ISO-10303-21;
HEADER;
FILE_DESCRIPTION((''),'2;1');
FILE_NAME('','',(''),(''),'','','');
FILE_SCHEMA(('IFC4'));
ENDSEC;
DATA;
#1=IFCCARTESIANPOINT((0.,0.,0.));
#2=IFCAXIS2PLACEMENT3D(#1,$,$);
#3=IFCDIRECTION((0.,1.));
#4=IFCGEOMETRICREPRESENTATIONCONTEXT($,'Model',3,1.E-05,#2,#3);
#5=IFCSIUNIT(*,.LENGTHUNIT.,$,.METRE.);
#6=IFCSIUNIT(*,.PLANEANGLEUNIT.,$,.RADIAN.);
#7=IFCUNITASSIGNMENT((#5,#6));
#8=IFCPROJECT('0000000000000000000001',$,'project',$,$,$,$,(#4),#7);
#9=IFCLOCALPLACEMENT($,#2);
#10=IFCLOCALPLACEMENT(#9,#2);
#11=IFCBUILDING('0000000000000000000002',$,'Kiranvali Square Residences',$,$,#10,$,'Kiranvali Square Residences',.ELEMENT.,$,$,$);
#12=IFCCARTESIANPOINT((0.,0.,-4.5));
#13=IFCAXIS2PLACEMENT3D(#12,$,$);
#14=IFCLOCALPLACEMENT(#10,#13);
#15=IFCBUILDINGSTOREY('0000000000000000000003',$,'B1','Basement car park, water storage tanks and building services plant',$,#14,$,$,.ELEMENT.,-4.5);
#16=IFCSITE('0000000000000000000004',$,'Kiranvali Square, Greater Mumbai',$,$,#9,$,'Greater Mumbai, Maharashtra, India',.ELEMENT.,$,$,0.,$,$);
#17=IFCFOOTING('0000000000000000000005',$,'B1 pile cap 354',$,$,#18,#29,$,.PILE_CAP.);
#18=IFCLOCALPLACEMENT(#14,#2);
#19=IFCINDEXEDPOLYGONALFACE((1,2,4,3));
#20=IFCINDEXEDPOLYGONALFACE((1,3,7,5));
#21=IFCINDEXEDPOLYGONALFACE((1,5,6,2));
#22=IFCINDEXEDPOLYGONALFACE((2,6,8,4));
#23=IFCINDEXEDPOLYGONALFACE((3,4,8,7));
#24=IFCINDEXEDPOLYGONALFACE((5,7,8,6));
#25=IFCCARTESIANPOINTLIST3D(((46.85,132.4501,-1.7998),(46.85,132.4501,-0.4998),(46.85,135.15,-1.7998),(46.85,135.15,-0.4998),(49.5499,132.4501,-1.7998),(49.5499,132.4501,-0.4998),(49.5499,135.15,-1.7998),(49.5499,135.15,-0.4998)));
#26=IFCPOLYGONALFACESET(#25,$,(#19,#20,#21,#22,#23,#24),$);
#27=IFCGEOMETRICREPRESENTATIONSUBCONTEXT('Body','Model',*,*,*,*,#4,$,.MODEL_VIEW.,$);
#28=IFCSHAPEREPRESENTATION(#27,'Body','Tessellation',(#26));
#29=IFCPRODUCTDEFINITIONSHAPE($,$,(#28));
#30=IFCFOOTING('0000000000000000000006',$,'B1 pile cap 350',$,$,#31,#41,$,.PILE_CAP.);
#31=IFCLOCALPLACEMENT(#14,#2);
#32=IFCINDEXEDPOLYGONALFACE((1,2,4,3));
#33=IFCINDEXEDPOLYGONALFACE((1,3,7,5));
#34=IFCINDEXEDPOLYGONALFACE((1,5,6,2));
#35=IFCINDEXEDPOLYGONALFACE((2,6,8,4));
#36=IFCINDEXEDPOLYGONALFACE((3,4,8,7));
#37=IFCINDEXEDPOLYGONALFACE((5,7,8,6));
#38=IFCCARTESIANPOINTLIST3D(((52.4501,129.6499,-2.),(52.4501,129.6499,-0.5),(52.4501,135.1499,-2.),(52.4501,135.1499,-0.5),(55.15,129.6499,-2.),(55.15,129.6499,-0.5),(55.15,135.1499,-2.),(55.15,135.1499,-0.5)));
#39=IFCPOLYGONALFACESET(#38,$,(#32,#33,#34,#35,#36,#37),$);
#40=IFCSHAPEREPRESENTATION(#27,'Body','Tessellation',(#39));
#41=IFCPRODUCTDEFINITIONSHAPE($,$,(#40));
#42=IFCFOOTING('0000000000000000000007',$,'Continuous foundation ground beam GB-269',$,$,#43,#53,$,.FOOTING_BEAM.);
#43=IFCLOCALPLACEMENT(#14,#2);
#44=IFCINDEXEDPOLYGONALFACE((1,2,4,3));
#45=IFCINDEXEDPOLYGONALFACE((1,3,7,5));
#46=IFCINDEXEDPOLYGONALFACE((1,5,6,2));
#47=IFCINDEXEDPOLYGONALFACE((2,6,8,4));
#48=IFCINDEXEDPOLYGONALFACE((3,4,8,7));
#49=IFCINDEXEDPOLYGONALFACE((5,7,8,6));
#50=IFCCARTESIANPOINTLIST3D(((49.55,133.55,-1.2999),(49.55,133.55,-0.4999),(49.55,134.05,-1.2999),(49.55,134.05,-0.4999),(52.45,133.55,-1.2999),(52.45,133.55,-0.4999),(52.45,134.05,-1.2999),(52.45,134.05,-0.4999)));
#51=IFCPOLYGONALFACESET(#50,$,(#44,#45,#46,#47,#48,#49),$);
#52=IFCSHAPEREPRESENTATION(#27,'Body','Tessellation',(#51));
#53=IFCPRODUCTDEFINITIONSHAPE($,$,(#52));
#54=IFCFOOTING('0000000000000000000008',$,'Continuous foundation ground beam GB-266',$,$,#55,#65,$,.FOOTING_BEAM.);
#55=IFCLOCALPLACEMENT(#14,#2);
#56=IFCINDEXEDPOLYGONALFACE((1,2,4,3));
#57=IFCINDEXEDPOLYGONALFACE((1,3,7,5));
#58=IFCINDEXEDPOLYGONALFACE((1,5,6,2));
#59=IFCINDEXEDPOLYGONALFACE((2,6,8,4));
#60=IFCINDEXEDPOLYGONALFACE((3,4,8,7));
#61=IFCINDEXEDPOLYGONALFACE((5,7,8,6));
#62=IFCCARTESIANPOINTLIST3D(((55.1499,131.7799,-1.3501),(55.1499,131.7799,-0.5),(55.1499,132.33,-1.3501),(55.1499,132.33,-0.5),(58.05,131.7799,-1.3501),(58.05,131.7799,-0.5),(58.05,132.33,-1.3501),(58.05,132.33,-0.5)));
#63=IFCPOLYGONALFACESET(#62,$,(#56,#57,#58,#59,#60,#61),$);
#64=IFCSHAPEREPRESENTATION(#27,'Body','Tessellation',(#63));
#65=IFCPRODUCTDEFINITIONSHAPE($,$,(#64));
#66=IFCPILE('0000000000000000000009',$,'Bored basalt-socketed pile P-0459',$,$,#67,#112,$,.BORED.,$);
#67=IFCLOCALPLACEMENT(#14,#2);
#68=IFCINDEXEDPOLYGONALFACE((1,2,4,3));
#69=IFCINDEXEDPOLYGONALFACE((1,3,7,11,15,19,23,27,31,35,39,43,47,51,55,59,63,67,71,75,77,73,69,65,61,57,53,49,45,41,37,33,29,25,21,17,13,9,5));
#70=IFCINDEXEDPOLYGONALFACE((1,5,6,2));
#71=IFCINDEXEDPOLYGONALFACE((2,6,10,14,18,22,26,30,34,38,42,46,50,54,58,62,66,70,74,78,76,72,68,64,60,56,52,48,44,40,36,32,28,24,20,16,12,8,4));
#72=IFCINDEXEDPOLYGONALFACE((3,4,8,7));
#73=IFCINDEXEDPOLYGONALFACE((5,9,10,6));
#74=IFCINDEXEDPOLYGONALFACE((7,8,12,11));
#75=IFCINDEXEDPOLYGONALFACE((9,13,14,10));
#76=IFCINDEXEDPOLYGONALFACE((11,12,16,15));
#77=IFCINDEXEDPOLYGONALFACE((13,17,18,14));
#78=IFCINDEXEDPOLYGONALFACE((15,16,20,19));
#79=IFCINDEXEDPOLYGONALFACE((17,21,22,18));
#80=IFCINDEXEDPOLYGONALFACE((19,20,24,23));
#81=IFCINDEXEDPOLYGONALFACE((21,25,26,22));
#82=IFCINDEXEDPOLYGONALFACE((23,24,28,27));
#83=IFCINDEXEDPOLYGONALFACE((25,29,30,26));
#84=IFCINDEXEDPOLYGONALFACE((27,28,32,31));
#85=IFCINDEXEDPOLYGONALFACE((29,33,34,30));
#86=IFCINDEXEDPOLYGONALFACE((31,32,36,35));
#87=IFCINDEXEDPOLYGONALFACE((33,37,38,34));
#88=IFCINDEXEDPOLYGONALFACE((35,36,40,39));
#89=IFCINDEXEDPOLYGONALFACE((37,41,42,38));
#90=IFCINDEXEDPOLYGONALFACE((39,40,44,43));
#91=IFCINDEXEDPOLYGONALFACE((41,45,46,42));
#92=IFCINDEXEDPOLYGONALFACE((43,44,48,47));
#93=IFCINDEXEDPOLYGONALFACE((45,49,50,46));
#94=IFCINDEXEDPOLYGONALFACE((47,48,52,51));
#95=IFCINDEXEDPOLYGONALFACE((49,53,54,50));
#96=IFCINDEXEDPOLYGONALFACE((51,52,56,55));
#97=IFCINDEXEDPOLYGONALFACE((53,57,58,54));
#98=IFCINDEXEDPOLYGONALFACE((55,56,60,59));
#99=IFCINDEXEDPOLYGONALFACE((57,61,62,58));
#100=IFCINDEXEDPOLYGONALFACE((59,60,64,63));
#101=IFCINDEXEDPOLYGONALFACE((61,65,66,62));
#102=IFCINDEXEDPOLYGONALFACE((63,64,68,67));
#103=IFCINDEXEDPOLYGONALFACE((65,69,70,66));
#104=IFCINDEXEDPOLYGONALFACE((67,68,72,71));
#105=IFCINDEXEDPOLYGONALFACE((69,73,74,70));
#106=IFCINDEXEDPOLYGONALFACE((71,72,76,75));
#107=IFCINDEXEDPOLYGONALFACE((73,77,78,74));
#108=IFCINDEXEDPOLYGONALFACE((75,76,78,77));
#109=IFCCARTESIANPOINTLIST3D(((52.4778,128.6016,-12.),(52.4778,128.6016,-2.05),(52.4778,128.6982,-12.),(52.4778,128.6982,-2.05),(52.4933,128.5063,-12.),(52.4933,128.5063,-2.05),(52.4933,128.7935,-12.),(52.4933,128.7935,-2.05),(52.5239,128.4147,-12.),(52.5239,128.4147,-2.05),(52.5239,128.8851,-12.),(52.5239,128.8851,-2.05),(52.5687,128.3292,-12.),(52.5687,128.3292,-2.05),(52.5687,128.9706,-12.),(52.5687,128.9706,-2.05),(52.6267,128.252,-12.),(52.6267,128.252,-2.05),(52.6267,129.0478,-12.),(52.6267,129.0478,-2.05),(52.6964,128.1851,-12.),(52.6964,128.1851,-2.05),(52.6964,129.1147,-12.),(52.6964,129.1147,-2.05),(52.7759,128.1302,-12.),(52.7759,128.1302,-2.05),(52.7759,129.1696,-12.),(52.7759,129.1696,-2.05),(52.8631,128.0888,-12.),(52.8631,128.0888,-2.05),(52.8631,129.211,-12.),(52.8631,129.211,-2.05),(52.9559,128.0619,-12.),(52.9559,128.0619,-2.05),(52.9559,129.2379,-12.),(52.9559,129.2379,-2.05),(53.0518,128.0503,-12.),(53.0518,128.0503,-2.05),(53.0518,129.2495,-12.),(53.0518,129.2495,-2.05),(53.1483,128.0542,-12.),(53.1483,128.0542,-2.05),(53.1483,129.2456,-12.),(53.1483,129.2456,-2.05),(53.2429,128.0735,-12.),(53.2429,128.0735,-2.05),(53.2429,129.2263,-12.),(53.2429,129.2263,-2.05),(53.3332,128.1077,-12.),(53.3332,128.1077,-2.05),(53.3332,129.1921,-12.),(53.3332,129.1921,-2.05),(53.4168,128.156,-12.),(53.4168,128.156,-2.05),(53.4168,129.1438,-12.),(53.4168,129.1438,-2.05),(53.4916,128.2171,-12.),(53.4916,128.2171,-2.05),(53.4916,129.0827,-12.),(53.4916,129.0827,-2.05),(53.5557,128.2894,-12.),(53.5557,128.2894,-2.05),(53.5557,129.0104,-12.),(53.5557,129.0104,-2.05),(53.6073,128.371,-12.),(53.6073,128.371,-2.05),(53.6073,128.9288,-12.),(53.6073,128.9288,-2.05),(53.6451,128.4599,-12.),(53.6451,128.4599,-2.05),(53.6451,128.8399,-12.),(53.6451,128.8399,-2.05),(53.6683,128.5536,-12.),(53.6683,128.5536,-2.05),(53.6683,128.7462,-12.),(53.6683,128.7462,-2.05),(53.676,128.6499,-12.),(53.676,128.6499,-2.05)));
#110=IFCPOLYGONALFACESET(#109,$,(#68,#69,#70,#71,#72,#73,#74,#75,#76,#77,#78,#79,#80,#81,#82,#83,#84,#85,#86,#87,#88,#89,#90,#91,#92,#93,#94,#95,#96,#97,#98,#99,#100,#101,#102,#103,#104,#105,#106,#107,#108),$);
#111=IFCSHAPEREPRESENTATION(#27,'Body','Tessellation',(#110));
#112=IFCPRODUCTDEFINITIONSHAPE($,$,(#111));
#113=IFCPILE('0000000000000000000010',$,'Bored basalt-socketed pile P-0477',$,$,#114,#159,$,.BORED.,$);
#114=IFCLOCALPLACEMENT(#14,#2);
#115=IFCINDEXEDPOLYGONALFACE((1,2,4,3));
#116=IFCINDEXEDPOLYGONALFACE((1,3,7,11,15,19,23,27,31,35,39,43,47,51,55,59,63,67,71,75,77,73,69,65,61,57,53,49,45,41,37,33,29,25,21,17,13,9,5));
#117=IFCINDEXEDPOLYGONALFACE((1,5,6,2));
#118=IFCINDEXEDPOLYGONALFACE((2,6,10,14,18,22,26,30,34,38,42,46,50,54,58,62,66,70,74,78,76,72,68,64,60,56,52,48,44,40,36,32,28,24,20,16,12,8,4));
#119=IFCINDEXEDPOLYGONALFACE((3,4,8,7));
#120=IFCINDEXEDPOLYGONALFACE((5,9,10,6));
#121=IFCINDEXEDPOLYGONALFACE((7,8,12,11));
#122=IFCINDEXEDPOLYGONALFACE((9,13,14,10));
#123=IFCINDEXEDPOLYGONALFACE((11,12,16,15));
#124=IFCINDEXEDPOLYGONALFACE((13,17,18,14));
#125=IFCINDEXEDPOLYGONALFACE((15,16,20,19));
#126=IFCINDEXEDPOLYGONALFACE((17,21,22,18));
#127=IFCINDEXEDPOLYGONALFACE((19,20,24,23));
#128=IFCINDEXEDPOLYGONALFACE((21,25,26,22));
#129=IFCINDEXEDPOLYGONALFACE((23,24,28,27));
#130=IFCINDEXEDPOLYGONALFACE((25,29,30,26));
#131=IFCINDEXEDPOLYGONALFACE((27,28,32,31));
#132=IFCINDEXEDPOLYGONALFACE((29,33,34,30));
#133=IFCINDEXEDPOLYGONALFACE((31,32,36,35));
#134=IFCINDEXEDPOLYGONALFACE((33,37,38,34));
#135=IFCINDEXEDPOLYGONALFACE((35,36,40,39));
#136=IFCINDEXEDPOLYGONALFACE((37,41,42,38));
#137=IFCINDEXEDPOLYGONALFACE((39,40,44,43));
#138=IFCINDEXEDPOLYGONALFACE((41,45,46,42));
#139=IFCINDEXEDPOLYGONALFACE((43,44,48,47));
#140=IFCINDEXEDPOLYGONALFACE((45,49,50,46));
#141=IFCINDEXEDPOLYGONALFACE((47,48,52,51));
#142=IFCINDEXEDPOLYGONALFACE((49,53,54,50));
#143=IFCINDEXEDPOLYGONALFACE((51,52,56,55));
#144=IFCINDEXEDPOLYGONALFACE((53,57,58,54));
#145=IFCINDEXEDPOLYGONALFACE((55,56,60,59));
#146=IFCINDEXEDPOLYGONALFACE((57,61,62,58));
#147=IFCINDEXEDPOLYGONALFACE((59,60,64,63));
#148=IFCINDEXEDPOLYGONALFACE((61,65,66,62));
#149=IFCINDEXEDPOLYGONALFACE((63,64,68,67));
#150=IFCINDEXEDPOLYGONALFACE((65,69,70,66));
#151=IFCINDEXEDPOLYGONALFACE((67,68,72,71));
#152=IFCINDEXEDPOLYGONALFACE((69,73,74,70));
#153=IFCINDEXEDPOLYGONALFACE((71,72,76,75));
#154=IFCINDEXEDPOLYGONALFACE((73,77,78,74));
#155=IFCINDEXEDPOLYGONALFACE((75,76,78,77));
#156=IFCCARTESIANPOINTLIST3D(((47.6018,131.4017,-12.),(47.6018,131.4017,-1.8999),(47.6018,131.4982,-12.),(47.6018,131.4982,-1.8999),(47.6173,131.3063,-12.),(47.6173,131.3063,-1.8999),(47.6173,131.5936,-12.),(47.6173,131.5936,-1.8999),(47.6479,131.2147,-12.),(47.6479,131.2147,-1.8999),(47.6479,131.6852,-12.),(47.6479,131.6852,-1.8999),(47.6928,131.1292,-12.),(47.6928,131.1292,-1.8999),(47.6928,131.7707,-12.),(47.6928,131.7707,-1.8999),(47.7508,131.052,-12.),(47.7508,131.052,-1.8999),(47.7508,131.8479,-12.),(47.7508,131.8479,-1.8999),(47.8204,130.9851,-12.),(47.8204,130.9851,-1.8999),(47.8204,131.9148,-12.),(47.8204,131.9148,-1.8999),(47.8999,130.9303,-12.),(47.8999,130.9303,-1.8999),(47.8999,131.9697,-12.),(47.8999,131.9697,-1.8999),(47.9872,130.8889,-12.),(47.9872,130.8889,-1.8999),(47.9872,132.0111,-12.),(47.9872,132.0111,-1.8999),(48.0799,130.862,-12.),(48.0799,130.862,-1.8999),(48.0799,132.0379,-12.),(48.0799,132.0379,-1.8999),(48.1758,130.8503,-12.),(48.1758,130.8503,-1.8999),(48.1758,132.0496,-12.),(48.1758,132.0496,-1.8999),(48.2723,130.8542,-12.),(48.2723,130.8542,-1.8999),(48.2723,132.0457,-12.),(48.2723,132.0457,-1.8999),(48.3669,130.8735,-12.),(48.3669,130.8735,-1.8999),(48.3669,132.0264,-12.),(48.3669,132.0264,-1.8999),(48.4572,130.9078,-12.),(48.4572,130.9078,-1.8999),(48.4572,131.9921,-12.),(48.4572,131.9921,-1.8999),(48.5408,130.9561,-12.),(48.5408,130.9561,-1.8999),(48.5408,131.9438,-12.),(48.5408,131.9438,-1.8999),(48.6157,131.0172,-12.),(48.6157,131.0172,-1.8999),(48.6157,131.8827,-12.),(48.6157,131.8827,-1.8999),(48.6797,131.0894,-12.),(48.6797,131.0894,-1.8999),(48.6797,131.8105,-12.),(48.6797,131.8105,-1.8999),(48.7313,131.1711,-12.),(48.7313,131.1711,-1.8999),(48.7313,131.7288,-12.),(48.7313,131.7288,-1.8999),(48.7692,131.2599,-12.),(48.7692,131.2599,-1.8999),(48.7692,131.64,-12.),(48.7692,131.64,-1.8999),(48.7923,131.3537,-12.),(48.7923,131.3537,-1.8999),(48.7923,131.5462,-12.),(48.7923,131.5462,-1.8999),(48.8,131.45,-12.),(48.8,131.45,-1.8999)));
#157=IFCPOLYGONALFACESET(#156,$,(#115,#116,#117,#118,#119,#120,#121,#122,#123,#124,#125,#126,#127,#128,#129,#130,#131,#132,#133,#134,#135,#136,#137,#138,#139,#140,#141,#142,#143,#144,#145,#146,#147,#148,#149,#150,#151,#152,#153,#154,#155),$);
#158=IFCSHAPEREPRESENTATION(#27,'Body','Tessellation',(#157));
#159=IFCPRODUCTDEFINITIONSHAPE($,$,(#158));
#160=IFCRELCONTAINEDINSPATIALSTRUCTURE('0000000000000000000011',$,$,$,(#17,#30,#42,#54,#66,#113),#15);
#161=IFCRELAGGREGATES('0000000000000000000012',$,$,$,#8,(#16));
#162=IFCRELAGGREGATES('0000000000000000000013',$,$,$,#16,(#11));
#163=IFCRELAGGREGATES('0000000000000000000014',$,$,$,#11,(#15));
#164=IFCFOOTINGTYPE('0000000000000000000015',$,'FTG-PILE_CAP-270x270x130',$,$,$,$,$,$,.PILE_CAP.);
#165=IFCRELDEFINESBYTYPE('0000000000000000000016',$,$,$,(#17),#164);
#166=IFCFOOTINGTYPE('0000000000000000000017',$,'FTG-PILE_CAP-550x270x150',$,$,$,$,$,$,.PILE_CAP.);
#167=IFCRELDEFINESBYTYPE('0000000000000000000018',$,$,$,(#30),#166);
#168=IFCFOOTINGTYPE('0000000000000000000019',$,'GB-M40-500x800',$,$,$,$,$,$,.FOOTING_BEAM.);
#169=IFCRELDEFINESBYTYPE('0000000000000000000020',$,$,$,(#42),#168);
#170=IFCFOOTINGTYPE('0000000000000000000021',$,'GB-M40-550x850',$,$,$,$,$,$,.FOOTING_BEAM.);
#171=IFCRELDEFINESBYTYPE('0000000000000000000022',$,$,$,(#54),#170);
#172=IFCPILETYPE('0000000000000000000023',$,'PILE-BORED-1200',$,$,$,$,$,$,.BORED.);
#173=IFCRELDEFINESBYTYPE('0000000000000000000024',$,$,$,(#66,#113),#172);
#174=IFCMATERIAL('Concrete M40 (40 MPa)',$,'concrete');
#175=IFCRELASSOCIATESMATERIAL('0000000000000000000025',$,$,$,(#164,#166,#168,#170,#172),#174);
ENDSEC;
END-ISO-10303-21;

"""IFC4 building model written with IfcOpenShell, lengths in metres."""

from ifc_helpers import new_model, si_unit, direction, frame, origin, origin_2d, place, context, subcontext, project, spatial, rectangle, circle, extrude, material, material_profile, profile_set, type_object, element, save


model = new_model("IFC4")

# Units and contexts
model_context = context("Model", 3, precision=1e-05, world=origin(), true_north=direction((0.0, 1.0)))
body_context = subcontext(model_context, "Body", "Model", "MODEL_VIEW")
ifc_project = project(units=[si_unit("LENGTHUNIT", "METRE"), si_unit("PLANEANGLEUNIT", "RADIAN")], contexts=[model_context])

# Site, building, storey
site_placement = place(None, origin())
site = spatial("IfcSite", under=ifc_project, at=site_placement, Name="Kiranvali Square, Greater Mumbai", LongName="Greater Mumbai, Maharashtra, India", CompositionType="ELEMENT", RefElevation=0.0)
building_placement = place(site_placement, origin())
building = spatial("IfcBuilding", under=site, at=building_placement, Name="Kiranvali Square Residences", LongName="Kiranvali Square Residences", CompositionType="ELEMENT")
storey_placement = place(building_placement, frame((0.0, 0.0, -4.5)))
storey = spatial("IfcBuildingStorey", under=building, at=storey_placement, Name="B1", Description="Basement car park, water storage tanks and building services plant", CompositionType="ELEMENT", Elevation=-4.5)

# Footings
ifc_material_1 = material(Name="Concrete M40 (40 MPa)", Category="concrete")
footing_type_1 = type_object("IfcFootingType", Name="FTG-PILE_CAP-270x270x130", PredefinedType="PILE_CAP", material=ifc_material_1)
footing_1_placement = place(storey_placement, frame((48.2, 133.8, -1.7998), z_axis=(0.0, 0.0, 1.0), x_axis=(1.0, 0.0, 0.0)))
element("IfcFooting", 1, at=footing_1_placement, inside=storey, type_object=footing_type_1, Name="B1 pile cap 354", PredefinedType="PILE_CAP", context=body_context, shape_type="SweptSolid", body=[
    extrude(rectangle(XDim=2.7, YDim=2.7, at=origin_2d()), origin(), (0.0, 0.0, 1.0), 1.3),
])
footing_type_2 = type_object("IfcFootingType", Name="FTG-PILE_CAP-550x270x150", PredefinedType="PILE_CAP", material=ifc_material_1)
footing_2_placement = place(storey_placement, frame((53.8, 132.3999, -2.0), z_axis=(0.0, 0.0, 1.0), x_axis=(0.0, 1.0, 0.0)))
element("IfcFooting", 2, at=footing_2_placement, inside=storey, type_object=footing_type_2, Name="B1 pile cap 350", PredefinedType="PILE_CAP", context=body_context, shape_type="SweptSolid", body=[
    extrude(rectangle(XDim=5.5, YDim=2.7, at=origin_2d()), origin(), (0.0, 0.0, 1.0), 1.5),
])
ifc_material_profile_1 = material_profile(ifc_material_1, rectangle(XDim=0.5, YDim=0.8, at=origin_2d()), Name="GB 500x800")
ifc_profile_set_1 = profile_set([ifc_material_profile_1], Name="Concrete M40 (40 MPa)")
footing_type_3 = type_object("IfcFootingType", Name="GB-M40-500x800", PredefinedType="FOOTING_BEAM", material=ifc_profile_set_1)
footing_3_placement = place(storey_placement, frame((49.55, 133.8, -0.8999), z_axis=(1.0, 0.0, 0.0), x_axis=(0.0, 1.0, 0.0)))
element("IfcFooting", 3, at=footing_3_placement, inside=storey, type_object=footing_type_3, Name="Continuous foundation ground beam GB-269", PredefinedType="FOOTING_BEAM", context=body_context, shape_type="SweptSolid", body=[
    extrude(rectangle(XDim=0.5, YDim=0.8, at=origin_2d()), origin(), (0.0, 0.0, 1.0), 2.8999),
])
ifc_material_profile_2 = material_profile(ifc_material_1, rectangle(XDim=0.55, YDim=0.8501, at=origin_2d()), Name="GB 550x850")
ifc_profile_set_2 = profile_set([ifc_material_profile_2], Name="Concrete M40 (40 MPa)")
footing_type_4 = type_object("IfcFootingType", Name="GB-M40-550x850", PredefinedType="FOOTING_BEAM", material=ifc_profile_set_2)
footing_4_placement = place(storey_placement, frame((55.1499, 132.0549, -0.925), z_axis=(1.0, 0.0, 0.0), x_axis=(0.0, 1.0, 0.0)))
element("IfcFooting", 4, at=footing_4_placement, inside=storey, type_object=footing_type_4, Name="Continuous foundation ground beam GB-266", PredefinedType="FOOTING_BEAM", context=body_context, shape_type="SweptSolid", body=[
    extrude(rectangle(XDim=0.55, YDim=0.8501, at=origin_2d()), origin(), (0.0, 0.0, 1.0), 2.9001),
])

# Piles
ifc_material_profile_3 = material_profile(ifc_material_1, circle(Radius=0.6001, at=origin_2d()), Name="BORED PILE 1200")
ifc_profile_set_3 = profile_set([ifc_material_profile_3], Name="Concrete M40 (40 MPa)")
pile_type = type_object("IfcPileType", Name="PILE-BORED-1200", PredefinedType="BORED", material=ifc_profile_set_3)
pile_1_placement = place(storey_placement, frame((53.0759, 128.6499, -2.05), z_axis=(0.0, 0.0, -1.0), x_axis=(1.0, 0.0, 0.0)))
element("IfcPile", 5, at=pile_1_placement, inside=storey, type_object=pile_type, Name="Bored basalt-socketed pile P-0459", PredefinedType="BORED", context=body_context, shape_type="SweptSolid", body=[
    extrude(circle(Radius=0.6001, at=origin_2d()), origin(), (0.0, 0.0, 1.0), 9.95),
])
pile_2_placement = place(storey_placement, frame((48.2, 131.45, -1.8999), z_axis=(0.0, 0.0, -1.0), x_axis=(1.0, 0.0, 0.0)))
element("IfcPile", 6, at=pile_2_placement, inside=storey, type_object=pile_type, Name="Bored basalt-socketed pile P-0477", PredefinedType="BORED", context=body_context, shape_type="SweptSolid", body=[
    extrude(circle(Radius=0.6001, at=origin_2d()), origin(), (0.0, 0.0, 1.0), 10.1001),
])

save(model, "model.ifc")
